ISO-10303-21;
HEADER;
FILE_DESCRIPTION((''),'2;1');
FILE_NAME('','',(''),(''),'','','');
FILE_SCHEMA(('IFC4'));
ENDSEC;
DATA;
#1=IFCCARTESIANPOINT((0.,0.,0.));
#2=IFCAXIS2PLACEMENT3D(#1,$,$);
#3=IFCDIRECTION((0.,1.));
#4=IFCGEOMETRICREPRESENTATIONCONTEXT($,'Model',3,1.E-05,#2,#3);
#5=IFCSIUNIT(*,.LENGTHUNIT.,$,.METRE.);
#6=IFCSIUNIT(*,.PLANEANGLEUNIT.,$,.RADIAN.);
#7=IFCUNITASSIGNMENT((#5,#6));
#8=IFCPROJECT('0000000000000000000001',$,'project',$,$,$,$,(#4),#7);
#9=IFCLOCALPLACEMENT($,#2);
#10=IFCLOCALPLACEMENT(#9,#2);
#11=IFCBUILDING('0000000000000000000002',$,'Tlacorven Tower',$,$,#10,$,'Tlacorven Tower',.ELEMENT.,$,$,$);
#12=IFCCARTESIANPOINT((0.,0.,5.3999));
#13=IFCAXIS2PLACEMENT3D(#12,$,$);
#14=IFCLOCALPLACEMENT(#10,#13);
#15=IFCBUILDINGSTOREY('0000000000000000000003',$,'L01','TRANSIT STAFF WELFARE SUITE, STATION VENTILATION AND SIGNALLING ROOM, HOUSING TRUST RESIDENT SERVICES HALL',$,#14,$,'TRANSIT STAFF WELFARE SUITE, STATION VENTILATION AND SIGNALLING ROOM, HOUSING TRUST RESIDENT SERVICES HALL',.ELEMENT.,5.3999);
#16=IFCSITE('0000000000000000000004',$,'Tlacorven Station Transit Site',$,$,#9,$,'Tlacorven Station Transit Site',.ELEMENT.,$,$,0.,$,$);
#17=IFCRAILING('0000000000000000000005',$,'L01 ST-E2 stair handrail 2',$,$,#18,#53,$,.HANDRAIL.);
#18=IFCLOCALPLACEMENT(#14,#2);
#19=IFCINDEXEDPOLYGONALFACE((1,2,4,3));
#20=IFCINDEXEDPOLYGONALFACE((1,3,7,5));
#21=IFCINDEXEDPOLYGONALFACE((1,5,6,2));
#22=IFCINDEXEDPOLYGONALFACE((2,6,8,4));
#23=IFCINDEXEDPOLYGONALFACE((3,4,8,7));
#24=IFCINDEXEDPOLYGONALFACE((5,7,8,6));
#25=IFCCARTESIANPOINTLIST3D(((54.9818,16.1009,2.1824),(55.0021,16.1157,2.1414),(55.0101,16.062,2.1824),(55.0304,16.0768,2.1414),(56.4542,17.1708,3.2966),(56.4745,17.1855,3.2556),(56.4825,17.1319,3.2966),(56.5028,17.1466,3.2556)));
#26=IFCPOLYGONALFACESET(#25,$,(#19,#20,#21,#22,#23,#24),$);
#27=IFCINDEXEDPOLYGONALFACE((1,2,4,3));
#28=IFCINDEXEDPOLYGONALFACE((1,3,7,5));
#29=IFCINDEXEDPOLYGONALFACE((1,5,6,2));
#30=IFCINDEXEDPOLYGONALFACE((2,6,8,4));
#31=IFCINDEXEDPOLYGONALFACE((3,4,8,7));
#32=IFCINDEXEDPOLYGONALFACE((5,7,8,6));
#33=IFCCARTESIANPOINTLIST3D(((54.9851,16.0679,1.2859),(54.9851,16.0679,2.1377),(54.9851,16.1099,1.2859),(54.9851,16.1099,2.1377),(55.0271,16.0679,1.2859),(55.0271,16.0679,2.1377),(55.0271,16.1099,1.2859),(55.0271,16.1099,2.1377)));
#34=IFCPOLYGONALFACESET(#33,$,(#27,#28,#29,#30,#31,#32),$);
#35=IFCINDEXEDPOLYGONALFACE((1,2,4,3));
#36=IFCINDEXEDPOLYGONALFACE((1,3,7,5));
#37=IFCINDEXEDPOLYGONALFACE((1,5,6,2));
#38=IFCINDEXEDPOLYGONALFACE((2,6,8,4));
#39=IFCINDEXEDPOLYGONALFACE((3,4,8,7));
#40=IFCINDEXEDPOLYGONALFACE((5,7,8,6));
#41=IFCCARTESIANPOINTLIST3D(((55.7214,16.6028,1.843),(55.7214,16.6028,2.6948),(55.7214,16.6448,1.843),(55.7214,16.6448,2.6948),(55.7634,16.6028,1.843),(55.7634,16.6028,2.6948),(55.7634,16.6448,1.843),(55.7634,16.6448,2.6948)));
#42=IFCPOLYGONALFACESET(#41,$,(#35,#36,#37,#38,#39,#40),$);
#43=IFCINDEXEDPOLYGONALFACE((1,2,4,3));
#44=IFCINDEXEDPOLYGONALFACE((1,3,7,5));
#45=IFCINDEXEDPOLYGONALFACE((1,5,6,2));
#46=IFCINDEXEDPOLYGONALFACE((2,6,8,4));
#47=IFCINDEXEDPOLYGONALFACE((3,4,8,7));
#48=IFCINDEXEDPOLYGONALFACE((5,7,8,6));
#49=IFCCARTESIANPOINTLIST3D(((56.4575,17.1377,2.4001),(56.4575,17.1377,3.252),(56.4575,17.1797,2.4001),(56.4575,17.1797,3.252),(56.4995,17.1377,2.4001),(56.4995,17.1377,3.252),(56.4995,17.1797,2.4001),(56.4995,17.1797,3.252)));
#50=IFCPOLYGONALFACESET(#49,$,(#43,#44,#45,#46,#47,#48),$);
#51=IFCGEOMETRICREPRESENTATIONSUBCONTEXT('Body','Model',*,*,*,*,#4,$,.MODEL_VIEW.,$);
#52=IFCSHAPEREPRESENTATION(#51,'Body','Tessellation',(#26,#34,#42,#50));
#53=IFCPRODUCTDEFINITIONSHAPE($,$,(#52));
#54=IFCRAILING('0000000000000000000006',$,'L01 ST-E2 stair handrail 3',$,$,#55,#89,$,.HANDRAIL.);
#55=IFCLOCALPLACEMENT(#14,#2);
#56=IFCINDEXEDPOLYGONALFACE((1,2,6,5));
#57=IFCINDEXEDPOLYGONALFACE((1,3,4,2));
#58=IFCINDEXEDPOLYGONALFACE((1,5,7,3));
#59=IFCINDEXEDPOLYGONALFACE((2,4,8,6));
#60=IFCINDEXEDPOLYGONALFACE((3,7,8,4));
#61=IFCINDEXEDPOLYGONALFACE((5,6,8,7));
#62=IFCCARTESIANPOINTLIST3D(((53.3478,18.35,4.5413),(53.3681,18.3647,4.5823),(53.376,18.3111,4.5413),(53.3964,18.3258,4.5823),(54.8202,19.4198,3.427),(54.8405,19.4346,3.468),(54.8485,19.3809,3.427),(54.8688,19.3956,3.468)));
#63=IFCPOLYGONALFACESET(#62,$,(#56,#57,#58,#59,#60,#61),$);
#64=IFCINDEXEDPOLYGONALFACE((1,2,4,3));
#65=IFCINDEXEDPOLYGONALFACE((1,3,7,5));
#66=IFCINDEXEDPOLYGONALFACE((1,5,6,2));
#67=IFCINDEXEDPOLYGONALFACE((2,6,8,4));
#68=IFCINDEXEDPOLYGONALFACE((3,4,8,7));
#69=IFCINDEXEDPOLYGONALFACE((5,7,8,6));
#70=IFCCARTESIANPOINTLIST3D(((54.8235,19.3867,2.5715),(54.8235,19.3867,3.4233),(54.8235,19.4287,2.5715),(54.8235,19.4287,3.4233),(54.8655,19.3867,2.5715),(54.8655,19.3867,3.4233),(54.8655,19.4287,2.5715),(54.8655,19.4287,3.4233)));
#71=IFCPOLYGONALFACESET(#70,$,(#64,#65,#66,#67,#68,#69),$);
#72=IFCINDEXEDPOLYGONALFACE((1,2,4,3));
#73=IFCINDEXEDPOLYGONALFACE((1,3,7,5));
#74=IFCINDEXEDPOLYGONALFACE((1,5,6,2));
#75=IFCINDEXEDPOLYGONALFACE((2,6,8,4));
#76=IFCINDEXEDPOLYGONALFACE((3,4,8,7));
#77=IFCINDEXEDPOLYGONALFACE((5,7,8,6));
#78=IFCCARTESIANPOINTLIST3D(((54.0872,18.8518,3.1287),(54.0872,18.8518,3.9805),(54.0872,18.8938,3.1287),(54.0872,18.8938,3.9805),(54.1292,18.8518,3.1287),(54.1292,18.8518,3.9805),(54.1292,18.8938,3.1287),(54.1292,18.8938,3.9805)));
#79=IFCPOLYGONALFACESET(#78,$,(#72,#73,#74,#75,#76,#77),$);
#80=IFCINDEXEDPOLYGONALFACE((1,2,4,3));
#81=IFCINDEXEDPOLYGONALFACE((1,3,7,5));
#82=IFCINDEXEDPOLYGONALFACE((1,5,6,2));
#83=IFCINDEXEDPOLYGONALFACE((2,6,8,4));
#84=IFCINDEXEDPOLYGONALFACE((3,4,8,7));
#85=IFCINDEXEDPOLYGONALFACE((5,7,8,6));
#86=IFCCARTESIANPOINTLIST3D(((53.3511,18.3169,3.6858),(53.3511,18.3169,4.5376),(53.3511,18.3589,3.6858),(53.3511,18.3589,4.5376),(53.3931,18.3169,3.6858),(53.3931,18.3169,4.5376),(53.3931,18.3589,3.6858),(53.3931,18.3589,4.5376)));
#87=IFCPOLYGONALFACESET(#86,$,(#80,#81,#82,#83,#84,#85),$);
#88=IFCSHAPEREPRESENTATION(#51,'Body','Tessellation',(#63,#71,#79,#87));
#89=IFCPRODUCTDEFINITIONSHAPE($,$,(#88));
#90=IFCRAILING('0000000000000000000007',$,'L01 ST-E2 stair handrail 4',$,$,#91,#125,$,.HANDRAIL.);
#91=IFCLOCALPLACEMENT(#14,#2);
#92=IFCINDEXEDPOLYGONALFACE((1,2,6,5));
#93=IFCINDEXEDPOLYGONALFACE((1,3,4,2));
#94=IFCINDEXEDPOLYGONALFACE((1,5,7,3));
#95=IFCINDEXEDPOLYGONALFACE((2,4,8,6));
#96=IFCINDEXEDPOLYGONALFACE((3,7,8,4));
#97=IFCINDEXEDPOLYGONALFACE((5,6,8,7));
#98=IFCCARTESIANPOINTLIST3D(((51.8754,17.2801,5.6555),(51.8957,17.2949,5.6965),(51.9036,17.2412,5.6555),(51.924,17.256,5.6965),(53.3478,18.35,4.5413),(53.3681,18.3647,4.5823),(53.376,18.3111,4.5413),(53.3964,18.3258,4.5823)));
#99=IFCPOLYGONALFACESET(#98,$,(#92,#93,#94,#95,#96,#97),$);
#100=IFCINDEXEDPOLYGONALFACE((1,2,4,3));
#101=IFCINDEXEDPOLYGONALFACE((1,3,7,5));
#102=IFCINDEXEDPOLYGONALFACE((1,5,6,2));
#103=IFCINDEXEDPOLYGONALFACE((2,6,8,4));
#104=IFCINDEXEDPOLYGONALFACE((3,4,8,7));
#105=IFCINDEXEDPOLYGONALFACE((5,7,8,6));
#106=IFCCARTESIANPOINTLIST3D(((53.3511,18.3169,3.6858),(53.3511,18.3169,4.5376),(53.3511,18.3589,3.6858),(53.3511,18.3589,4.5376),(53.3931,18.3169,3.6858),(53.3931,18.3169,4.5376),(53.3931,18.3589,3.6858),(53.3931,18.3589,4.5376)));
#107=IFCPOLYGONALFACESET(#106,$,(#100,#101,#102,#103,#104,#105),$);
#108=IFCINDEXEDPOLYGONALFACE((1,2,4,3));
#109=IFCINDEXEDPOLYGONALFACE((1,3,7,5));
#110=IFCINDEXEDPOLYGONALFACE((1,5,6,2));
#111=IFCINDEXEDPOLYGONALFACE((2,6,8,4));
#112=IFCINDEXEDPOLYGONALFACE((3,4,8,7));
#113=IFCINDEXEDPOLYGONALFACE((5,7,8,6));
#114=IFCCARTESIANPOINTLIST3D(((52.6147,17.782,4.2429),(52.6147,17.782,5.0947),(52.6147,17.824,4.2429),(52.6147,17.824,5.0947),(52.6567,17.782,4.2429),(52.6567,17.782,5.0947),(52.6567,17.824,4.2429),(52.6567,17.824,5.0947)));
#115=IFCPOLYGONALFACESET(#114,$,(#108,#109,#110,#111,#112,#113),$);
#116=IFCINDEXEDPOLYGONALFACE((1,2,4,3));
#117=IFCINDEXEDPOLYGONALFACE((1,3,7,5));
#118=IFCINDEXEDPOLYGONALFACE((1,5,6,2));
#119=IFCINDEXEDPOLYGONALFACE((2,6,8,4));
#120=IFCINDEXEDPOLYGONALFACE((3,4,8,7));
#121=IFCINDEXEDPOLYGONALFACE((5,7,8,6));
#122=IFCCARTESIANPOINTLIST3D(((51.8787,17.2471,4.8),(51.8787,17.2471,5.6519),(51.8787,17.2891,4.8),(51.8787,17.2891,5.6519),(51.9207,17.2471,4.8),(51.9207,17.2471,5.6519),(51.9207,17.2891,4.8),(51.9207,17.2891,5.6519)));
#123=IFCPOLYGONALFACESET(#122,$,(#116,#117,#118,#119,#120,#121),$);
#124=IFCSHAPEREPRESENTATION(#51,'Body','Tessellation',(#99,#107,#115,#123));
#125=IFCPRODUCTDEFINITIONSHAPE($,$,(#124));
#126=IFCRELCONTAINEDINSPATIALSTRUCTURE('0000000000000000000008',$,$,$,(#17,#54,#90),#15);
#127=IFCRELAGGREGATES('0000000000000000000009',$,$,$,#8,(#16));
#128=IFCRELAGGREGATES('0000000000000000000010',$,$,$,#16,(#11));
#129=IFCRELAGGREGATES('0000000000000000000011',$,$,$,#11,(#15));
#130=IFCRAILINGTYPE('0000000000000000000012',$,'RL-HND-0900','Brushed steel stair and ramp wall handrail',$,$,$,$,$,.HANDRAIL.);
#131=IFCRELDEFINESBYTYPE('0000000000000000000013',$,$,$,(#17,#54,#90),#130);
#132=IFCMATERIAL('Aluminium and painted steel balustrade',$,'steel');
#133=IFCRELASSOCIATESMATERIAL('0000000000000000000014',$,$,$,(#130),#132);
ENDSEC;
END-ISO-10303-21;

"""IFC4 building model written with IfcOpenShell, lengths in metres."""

from ifc_helpers import new_model, si_unit, direction, frame, origin, origin_2d, place, context, subcontext, project, spatial, rectangle, extrude, source, transform, mapped, material, type_object, element, save


model = new_model("IFC4")

# Units and contexts
model_context = context("Model", 3, precision=1e-05, world=origin(), true_north=direction((0.0, 1.0)))
body_context = subcontext(model_context, "Body", "Model", "MODEL_VIEW")
ifc_project = project(units=[si_unit("LENGTHUNIT", "METRE"), si_unit("PLANEANGLEUNIT", "RADIAN")], contexts=[model_context])

# Site, building, storey
site_placement = place(None, origin())
site = spatial("IfcSite", under=ifc_project, at=site_placement, Name="Tlacorven Station Transit Site", LongName="Tlacorven Station Transit Site", CompositionType="ELEMENT", RefElevation=0.0)
building_placement = place(site_placement, origin())
building = spatial("IfcBuilding", under=site, at=building_placement, Name="Tlacorven Tower", LongName="Tlacorven Tower", CompositionType="ELEMENT")
storey_placement = place(building_placement, frame((0.0, 0.0, 5.3999)))
storey = spatial("IfcBuildingStorey", under=building, at=storey_placement, Name="L01", Description="TRANSIT STAFF WELFARE SUITE, STATION VENTILATION AND SIGNALLING ROOM, HOUSING TRUST RESIDENT SERVICES HALL", LongName="TRANSIT STAFF WELFARE SUITE, STATION VENTILATION AND SIGNALLING ROOM, HOUSING TRUST RESIDENT SERVICES HALL", CompositionType="ELEMENT", Elevation=5.3999)

# Railings
ifc_material_1 = material(Name="Aluminium and painted steel balustrade", Category="steel")
railing_type_1 = type_object("IfcRailingType", Name="RL-HND-0900", Description="Brushed steel stair and ramp wall handrail", PredefinedType="HANDRAIL", material=ifc_material_1)
shared_shape_1 = source(origin(), body_context, "Body", "SweptSolid", [
    extrude(rectangle(XDim=0.0481, YDim=0.0481, at=origin_2d()), frame((0.0, 0.0, 0.876), z_axis=(0.689967, 0.501316, 0.522137), x_axis=(-0.587805, 0.809003, 0.0)), (0.0, 0.0, 1.0), 2.134),
    extrude(rectangle(XDim=0.042, YDim=0.042, at=origin_2d()), origin(), (0.0, 0.0, 1.0), 0.8518),
    extrude(rectangle(XDim=0.042, YDim=0.042, at=origin_2d()), frame((0.7363, 0.5349, 0.5571)), (0.0, 0.0, 1.0), 0.8518),
    extrude(rectangle(XDim=0.042, YDim=0.042, at=origin_2d()), frame((1.4724, 1.0698, 1.1143)), (0.0, 0.0, 1.0), 0.8518),
])
railing_1_placement = place(storey_placement, frame((55.0061, 16.0889, 1.2859)))
element("IfcRailing", 1, at=railing_1_placement, inside=storey, type_object=railing_type_1, Name="L01 ST-E2 stair handrail 2", PredefinedType="HANDRAIL", context=body_context, shape_type="MappedRepresentation", body=[
    mapped(shared_shape_1, transform((0.0, 0.0, 0.0), scale=1.0)),
])
shared_shape_2 = source(origin(), body_context, "Body", "SweptSolid", [
    extrude(rectangle(XDim=0.0481, YDim=0.0481, at=origin_2d()), frame((0.0, 0.0, 0.876), z_axis=(-0.689967, -0.501316, 0.522137), x_axis=(0.587805, -0.809003, 0.0)), (0.0, 0.0, 1.0), 2.134),
    extrude(rectangle(XDim=0.042, YDim=0.042, at=origin_2d()), origin(), (0.0, 0.0, 1.0), 0.8518),
    extrude(rectangle(XDim=0.042, YDim=0.042, at=origin_2d()), frame((-0.7363, -0.5349, 0.5571)), (0.0, 0.0, 1.0), 0.8518),
    extrude(rectangle(XDim=0.042, YDim=0.042, at=origin_2d()), frame((-1.4724, -1.0698, 1.1143)), (0.0, 0.0, 1.0), 0.8518),
])
for number, where, name in (
    (2, (54.8445, 19.4077, 2.5715), "L01 ST-E2 stair handrail 3"),
    (3, (53.3721, 18.3379, 3.6858), "L01 ST-E2 stair handrail 4"),
):
    element("IfcRailing", number, at=place(storey_placement, frame(where)), inside=storey, type_object=railing_type_1, Name=name, PredefinedType="HANDRAIL", context=body_context, shape_type="MappedRepresentation", body=[
        mapped(shared_shape_2, transform((0.0, 0.0, 0.0), scale=1.0)),
    ])

save(model, "model.ifc")
